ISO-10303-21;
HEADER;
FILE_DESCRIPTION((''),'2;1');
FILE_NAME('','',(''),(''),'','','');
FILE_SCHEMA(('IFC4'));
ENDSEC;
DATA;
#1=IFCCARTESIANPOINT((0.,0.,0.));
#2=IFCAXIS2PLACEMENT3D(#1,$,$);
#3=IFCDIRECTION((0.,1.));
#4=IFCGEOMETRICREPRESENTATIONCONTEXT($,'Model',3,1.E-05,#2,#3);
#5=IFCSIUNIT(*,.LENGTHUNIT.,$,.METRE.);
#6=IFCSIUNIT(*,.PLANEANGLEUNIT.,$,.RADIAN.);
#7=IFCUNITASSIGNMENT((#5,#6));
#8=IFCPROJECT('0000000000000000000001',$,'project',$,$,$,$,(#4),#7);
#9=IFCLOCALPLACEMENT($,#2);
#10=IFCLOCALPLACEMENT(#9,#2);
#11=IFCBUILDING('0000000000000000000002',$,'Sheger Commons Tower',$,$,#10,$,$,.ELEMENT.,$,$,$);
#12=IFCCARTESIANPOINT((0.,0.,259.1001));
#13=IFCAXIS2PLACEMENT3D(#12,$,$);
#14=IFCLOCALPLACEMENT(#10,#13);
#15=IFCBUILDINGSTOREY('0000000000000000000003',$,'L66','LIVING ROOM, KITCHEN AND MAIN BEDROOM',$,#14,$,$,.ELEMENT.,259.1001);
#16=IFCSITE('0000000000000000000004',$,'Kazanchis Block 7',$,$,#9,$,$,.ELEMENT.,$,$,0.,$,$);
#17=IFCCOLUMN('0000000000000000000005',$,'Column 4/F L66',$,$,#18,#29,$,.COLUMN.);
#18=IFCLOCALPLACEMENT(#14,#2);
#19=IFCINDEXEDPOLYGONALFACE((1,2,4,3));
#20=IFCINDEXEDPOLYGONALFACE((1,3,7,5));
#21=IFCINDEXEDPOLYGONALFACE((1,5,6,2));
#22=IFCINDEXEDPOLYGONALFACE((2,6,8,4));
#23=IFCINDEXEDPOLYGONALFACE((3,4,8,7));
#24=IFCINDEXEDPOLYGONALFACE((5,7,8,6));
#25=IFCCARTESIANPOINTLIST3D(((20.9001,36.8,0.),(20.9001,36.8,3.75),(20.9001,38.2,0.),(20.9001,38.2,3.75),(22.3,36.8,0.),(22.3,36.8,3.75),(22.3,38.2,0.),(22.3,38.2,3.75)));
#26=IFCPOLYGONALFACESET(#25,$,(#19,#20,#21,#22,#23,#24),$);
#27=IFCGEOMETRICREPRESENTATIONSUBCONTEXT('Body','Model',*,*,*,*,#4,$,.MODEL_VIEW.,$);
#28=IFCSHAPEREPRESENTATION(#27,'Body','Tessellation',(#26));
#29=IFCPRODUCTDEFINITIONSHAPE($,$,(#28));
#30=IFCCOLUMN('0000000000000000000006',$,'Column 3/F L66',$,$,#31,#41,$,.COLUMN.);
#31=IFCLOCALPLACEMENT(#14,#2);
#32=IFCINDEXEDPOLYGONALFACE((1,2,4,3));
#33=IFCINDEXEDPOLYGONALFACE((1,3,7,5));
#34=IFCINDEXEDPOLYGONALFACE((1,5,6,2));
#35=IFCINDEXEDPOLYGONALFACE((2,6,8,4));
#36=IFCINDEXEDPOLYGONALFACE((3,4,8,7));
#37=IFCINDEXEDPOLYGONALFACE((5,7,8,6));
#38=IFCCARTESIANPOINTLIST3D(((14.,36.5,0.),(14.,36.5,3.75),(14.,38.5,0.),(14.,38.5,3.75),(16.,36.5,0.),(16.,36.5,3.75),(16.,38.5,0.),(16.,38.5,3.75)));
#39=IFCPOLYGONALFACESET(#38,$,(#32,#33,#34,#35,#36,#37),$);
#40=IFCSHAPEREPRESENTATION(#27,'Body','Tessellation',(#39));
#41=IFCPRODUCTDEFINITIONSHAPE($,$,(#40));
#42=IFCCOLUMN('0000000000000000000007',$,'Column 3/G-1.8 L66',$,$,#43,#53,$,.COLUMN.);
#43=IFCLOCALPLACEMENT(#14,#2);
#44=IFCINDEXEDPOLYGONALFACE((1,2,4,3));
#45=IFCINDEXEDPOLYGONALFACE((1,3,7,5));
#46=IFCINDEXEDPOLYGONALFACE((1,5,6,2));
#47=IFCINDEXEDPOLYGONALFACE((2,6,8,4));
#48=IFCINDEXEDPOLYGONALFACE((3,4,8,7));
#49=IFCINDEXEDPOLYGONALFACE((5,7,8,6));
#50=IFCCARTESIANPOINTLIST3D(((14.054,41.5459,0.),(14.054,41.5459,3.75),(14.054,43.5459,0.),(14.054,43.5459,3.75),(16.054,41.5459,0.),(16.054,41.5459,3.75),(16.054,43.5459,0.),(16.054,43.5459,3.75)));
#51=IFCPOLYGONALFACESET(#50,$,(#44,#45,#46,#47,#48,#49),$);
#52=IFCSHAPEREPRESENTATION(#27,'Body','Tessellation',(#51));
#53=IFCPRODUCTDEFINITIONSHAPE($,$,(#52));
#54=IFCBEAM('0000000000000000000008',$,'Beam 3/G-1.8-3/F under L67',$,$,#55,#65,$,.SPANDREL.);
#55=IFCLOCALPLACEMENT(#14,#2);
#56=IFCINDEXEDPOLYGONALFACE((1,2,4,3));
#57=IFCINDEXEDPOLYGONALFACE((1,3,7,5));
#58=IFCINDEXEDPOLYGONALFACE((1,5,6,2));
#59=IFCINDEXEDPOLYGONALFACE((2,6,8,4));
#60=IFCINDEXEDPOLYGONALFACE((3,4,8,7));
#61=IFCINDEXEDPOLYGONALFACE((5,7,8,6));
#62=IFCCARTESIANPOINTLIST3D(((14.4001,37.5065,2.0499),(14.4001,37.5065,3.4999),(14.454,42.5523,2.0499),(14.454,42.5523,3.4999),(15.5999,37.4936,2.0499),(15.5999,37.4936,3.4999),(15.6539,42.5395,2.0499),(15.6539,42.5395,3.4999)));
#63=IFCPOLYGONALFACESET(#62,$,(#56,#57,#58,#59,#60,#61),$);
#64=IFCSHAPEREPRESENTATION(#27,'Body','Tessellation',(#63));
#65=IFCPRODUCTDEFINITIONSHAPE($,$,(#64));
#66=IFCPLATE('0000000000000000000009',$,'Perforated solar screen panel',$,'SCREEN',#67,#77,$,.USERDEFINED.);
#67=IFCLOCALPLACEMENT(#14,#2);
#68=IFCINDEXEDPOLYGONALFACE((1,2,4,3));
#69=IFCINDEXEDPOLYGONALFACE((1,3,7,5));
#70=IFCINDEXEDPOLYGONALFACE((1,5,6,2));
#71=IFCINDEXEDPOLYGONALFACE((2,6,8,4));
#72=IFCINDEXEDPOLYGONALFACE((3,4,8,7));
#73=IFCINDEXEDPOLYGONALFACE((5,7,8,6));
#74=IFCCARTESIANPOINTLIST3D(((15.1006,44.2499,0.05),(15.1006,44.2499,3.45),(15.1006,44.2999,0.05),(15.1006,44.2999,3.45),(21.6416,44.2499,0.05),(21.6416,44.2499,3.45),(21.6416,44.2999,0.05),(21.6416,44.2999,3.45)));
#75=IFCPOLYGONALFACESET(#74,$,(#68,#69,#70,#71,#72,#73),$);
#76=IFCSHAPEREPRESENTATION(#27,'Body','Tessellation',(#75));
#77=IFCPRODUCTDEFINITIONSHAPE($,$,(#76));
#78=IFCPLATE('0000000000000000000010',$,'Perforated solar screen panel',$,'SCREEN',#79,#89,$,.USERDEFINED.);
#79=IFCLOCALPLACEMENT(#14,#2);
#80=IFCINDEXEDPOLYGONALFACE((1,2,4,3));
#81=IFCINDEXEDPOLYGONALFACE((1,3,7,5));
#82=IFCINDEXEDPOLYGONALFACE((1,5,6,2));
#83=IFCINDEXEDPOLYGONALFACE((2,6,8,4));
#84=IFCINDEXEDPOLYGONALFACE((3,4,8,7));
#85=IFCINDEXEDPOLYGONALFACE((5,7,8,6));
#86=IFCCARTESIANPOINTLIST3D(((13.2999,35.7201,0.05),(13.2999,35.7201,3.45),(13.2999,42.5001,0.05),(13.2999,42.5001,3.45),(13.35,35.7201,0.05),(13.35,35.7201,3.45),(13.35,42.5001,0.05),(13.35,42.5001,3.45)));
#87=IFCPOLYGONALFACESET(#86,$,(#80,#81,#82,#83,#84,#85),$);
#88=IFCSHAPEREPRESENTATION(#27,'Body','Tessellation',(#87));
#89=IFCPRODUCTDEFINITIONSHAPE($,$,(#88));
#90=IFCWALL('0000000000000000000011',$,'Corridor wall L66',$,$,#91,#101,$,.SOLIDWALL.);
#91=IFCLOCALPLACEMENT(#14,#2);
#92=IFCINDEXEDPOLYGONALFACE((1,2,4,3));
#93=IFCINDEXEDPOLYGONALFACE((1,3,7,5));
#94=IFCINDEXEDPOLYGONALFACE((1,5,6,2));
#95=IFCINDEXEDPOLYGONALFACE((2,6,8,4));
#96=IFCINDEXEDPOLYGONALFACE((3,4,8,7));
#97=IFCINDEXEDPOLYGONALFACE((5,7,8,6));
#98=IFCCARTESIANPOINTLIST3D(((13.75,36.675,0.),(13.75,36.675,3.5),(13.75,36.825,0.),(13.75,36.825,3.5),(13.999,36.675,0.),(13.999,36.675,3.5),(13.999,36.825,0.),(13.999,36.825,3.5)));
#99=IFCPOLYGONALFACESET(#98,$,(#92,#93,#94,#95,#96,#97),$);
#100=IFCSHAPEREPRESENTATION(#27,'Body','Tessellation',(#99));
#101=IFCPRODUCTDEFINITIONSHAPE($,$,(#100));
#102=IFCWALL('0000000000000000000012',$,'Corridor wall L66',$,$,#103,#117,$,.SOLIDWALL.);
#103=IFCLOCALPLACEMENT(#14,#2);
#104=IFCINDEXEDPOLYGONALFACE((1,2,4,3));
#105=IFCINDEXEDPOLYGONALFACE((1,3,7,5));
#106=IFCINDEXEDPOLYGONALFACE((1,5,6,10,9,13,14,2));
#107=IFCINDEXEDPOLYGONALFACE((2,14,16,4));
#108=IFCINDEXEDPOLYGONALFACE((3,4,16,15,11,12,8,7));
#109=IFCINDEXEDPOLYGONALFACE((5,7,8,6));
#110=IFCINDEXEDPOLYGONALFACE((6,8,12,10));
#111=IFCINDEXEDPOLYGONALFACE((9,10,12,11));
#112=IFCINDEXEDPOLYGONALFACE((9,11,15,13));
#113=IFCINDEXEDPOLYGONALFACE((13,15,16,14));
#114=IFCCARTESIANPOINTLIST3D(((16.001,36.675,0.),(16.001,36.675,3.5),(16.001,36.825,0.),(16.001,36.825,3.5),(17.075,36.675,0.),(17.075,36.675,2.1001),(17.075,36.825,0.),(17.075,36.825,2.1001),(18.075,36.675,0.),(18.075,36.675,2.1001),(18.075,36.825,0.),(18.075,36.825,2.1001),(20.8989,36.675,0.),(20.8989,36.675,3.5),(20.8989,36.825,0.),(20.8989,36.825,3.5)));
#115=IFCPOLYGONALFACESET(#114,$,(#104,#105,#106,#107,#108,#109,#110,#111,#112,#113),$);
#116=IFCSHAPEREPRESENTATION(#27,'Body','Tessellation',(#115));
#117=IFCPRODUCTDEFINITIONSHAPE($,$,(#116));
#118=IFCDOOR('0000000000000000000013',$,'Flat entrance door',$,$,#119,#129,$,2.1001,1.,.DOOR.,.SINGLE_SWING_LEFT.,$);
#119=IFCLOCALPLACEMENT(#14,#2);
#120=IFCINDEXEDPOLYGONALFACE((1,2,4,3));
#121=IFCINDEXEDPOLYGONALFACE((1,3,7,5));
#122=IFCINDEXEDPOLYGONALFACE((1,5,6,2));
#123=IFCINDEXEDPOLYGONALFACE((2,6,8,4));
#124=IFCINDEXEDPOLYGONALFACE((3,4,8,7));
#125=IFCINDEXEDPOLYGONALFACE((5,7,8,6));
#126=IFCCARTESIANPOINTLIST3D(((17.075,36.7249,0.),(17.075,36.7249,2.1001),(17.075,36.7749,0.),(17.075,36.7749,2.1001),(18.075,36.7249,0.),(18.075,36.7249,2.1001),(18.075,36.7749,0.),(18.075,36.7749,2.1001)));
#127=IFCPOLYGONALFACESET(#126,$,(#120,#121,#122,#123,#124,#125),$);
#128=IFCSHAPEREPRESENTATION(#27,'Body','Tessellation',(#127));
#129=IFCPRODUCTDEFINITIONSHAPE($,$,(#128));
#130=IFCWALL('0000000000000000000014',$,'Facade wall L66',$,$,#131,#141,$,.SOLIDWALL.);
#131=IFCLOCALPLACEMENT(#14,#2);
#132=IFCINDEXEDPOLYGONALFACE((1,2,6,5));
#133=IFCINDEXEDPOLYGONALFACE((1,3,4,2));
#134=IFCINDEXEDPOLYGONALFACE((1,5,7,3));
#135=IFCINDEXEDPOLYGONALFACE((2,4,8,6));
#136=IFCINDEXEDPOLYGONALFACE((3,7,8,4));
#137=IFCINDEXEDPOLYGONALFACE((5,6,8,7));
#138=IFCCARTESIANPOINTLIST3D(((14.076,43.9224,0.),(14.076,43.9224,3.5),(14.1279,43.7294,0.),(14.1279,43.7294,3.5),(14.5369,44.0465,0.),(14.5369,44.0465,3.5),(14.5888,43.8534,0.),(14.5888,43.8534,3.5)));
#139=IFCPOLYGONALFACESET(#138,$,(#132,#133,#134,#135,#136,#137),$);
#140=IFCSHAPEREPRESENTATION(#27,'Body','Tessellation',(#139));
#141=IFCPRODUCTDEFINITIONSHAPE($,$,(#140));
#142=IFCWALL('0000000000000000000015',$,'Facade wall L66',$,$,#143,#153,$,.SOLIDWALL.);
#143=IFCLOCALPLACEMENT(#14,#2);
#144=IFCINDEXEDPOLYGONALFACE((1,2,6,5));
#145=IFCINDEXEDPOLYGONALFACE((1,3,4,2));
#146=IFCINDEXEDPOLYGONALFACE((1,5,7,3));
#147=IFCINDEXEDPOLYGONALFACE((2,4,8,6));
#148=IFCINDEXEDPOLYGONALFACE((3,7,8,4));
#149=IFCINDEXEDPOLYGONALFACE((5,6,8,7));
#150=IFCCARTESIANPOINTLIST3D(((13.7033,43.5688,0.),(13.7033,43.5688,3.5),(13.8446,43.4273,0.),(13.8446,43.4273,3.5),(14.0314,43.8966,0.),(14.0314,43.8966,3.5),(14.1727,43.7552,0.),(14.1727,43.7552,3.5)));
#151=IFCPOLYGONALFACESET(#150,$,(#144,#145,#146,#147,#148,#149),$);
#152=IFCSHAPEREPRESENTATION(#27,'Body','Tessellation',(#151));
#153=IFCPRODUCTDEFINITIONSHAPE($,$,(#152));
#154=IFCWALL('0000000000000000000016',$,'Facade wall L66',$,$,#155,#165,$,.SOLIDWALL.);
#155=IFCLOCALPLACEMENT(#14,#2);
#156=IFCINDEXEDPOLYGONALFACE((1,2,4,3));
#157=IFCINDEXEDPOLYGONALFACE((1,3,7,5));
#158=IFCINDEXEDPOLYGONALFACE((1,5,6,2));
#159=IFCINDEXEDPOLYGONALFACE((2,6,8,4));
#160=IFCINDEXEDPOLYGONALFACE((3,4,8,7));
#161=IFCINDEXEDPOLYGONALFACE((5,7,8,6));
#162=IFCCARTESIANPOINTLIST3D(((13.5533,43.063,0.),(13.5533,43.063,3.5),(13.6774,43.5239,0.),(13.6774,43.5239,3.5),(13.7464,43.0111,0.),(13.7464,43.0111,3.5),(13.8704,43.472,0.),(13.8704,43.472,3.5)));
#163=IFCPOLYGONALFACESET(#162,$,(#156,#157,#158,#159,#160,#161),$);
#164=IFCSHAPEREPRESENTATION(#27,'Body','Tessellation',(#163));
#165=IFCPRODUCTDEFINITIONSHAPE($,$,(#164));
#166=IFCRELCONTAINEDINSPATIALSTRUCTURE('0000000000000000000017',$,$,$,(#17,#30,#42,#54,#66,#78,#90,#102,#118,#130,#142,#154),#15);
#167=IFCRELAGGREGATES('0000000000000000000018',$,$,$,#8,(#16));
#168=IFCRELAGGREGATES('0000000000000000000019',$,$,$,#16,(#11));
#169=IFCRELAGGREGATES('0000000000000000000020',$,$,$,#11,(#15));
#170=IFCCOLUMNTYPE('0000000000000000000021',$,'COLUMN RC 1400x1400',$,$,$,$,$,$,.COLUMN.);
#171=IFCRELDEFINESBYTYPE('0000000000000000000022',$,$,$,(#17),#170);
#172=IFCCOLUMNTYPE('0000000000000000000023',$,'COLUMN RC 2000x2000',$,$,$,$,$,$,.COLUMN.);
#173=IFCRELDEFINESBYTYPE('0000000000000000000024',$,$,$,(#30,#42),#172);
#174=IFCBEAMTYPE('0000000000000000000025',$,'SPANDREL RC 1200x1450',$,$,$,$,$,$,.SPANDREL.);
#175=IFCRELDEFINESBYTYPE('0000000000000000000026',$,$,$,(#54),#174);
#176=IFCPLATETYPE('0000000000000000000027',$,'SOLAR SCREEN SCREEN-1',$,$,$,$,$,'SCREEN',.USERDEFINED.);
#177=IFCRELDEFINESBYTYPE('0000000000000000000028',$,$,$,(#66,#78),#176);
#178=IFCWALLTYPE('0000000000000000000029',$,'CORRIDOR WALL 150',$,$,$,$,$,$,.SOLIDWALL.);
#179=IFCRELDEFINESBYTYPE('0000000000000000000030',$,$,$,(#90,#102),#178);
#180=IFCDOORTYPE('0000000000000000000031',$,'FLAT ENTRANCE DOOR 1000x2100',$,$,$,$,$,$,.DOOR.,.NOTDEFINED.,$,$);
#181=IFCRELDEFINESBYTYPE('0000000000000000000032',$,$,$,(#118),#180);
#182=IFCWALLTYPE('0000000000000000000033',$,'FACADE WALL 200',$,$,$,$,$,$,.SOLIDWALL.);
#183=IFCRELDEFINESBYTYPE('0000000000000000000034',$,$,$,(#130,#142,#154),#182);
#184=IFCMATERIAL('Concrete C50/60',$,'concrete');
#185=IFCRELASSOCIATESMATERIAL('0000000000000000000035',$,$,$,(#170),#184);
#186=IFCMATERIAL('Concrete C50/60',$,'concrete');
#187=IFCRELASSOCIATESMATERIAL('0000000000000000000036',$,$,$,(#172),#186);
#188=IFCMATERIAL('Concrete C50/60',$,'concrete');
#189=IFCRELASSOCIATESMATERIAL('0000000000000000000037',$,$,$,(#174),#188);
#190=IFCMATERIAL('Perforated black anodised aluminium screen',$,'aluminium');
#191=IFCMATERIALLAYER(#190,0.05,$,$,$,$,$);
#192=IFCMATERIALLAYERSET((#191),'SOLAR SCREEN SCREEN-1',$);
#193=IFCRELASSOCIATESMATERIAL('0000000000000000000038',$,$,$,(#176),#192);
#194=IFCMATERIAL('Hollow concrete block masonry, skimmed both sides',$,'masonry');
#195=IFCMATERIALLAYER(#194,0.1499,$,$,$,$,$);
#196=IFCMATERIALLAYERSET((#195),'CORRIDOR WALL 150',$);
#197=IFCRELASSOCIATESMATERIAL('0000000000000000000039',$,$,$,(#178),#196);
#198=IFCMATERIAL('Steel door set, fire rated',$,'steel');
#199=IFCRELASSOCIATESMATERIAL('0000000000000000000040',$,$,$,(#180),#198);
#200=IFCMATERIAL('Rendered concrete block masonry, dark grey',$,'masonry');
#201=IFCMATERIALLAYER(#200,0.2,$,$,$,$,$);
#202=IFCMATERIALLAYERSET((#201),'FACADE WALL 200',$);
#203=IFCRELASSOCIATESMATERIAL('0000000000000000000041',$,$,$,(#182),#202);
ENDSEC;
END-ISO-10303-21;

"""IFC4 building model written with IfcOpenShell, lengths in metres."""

from ifc_helpers import new_model, si_unit, direction, frame, frame_2d, origin, origin_2d, place, context, subcontext, project, spatial, rectangle, extrude, material, layer, layer_set, material_profile, profile_set, type_object, element, fill, save


model = new_model("IFC4")

# Units and contexts
model_context = context("Model", 3, precision=1e-05, world=origin(), true_north=direction((0.0, 1.0)))
body_context = subcontext(model_context, "Body", "Model", "MODEL_VIEW")
ifc_project = project(units=[si_unit("LENGTHUNIT", "METRE"), si_unit("PLANEANGLEUNIT", "RADIAN")], contexts=[model_context])

# Site, building, storey
site_placement = place(None, origin())
site = spatial("IfcSite", under=ifc_project, at=site_placement, Name="Kazanchis Block 7", CompositionType="ELEMENT", RefElevation=0.0)
building_placement = place(site_placement, origin())
building = spatial("IfcBuilding", under=site, at=building_placement, Name="Sheger Commons Tower", CompositionType="ELEMENT")
storey_placement = place(building_placement, frame((0.0, 0.0, 259.1001)))
storey = spatial("IfcBuildingStorey", under=building, at=storey_placement, Name="L66", Description="LIVING ROOM, KITCHEN AND MAIN BEDROOM", CompositionType="ELEMENT", Elevation=259.1001)

# Columns
ifc_material_1 = material(Name="Concrete C50/60", Category="concrete")
ifc_material_profile_1 = material_profile(ifc_material_1, rectangle(XDim=1.3999, YDim=1.3999, at=origin_2d()), Name="RC 1400x1400")
ifc_profile_set_1 = profile_set([ifc_material_profile_1], Name="Concrete C50/60")
column_type_1 = type_object("IfcColumnType", Name="COLUMN RC 1400x1400", PredefinedType="COLUMN", material=ifc_profile_set_1)
column_placement = place(storey_placement, frame((21.6001, 37.5, 0.0), z_axis=(0.0, 0.0, 1.0), x_axis=(1.0, 0.0, 0.0)))
element("IfcColumn", 1, at=column_placement, inside=storey, type_object=column_type_1, Name="Column 4/F L66", PredefinedType="COLUMN", context=body_context, shape_type="SweptSolid", body=[
    extrude(rectangle(XDim=1.3999, YDim=1.3999, at=origin_2d()), origin(), (0.0, 0.0, 1.0), 3.75),
])
ifc_material_2 = material(Name="Concrete C50/60", Category="concrete")
ifc_material_profile_2 = material_profile(ifc_material_2, rectangle(XDim=2.0, YDim=2.0, at=origin_2d()), Name="RC 2000x2000")
ifc_profile_set_2 = profile_set([ifc_material_profile_2], Name="Concrete C50/60")
column_type_2 = type_object("IfcColumnType", Name="COLUMN RC 2000x2000", PredefinedType="COLUMN", material=ifc_profile_set_2)
for number, where, z_axis, x_axis, name in (
    (2, (15.0, 37.5, 0.0), (0.0, 0.0, 1.0), (1.0, 0.0, 0.0), "Column 3/F L66"),
    (3, (15.054, 42.5459, 0.0), (0.0, 0.0, 1.0), (1.0, 0.0, 0.0), "Column 3/G-1.8 L66"),
):
    element("IfcColumn", number, at=place(storey_placement, frame(where, z_axis=z_axis, x_axis=x_axis)), inside=storey, type_object=column_type_2, Name=name, PredefinedType="COLUMN", context=body_context, shape_type="SweptSolid", body=[
        extrude(rectangle(XDim=2.0, YDim=2.0, at=origin_2d()), origin(), (0.0, 0.0, 1.0), 3.75),
    ])

# Beam
ifc_material_3 = material(Name="Concrete C50/60", Category="concrete")
ifc_material_profile_3 = material_profile(ifc_material_3, rectangle(XDim=1.2, YDim=1.45, at=origin_2d()), Name="RC 1200x1450")
ifc_profile_set_3 = profile_set([ifc_material_profile_3], Name="Concrete C50/60")
beam_type = type_object("IfcBeamType", Name="SPANDREL RC 1200x1450", PredefinedType="SPANDREL", material=ifc_profile_set_3)
beam_placement = place(storey_placement, frame((15.054, 42.5459, 2.7749), z_axis=(-0.010692, -0.999943, 0.0), x_axis=(0.999943, -0.010692, 0.0)))
element("IfcBeam", 4, at=beam_placement, inside=storey, type_object=beam_type, Name="Beam 3/G-1.8-3/F under L67", PredefinedType="SPANDREL", context=body_context, shape_type="SweptSolid", body=[
    extrude(rectangle(XDim=1.2, YDim=1.45, at=origin_2d()), origin(), (0.0, 0.0, 1.0), 5.0461),
])

# Plates
ifc_material_4 = material(Name="Perforated black anodised aluminium screen", Category="aluminium")
ifc_layer_1 = layer(ifc_material_4, 0.05)
ifc_layer_set_1 = layer_set([ifc_layer_1], Name="SOLAR SCREEN SCREEN-1")
plate_type = type_object("IfcPlateType", Name="SOLAR SCREEN SCREEN-1", ElementType="SCREEN", PredefinedType="USERDEFINED", material=ifc_layer_set_1)
plate_1_placement = place(storey_placement, frame((18.3711, 44.2749, 0.05), z_axis=(0.0, 0.0, 1.0), x_axis=(-1.0, 0.0, 0.0)))
element("IfcPlate", 5, at=plate_1_placement, inside=storey, type_object=plate_type, Name="Perforated solar screen panel", ObjectType="SCREEN", PredefinedType="USERDEFINED", context=body_context, shape_type="SweptSolid", body=[
    extrude(rectangle(XDim=6.541, YDim=0.05, at=origin_2d()), origin(), (0.0, 0.0, 1.0), 3.3999),
])
plate_2_placement = place(storey_placement, frame((13.325, 39.1101, 0.05), z_axis=(0.0, 0.0, 1.0), x_axis=(0.0, -1.0, 0.0)))
element("IfcPlate", 6, at=plate_2_placement, inside=storey, type_object=plate_type, Name="Perforated solar screen panel", ObjectType="SCREEN", PredefinedType="USERDEFINED", context=body_context, shape_type="SweptSolid", body=[
    extrude(rectangle(XDim=6.78, YDim=0.05, at=origin_2d()), origin(), (0.0, 0.0, 1.0), 3.3999),
])

# Wall
ifc_material_5 = material(Name="Hollow concrete block masonry, skimmed both sides", Category="masonry")
ifc_layer_2 = layer(ifc_material_5, 0.1499)
ifc_layer_set_2 = layer_set([ifc_layer_2], Name="CORRIDOR WALL 150")
wall_type_1 = type_object("IfcWallType", Name="CORRIDOR WALL 150", PredefinedType="SOLIDWALL", material=ifc_layer_set_2)
wall_1_placement = place(storey_placement, frame((13.75, 36.75, 0.0), z_axis=(0.0, 0.0, 1.0), x_axis=(1.0, 0.0, 0.0)))
element("IfcWall", 7, at=wall_1_placement, inside=storey, type_object=wall_type_1, Name="Corridor wall L66", PredefinedType="SOLIDWALL", context=body_context, shape_type="SweptSolid", body=[
    extrude(rectangle(XDim=0.249, YDim=0.1499, at=frame_2d((0.1245, 0.0))), origin(), (0.0, 0.0, 1.0), 3.5),
])

# Wall, opening, door
wall_2_placement = place(storey_placement, frame((16.001, 36.75, 0.0), z_axis=(0.0, 0.0, 1.0), x_axis=(1.0, 0.0, 0.0)))
wall_2 = element("IfcWall", 8, at=wall_2_placement, inside=storey, type_object=wall_type_1, Name="Corridor wall L66", PredefinedType="SOLIDWALL", context=body_context, shape_type="SweptSolid", body=[
    extrude(rectangle(XDim=4.8979, YDim=0.1499, at=frame_2d((2.449, 0.0))), origin(), (0.0, 0.0, 1.0), 3.5),
])
opening_1_placement = place(wall_2_placement, frame((1.074, 0.0, 0.0)))
opening_1 = element("IfcOpeningElement", 9, at=opening_1_placement, cuts=wall_2, PredefinedType="OPENING", context=body_context, shape_type="SweptSolid", body=[
    extrude(rectangle(XDim=1.0, YDim=2.1001, at=frame_2d((0.5, 1.05))), frame((0.0, 0.085, 0.0), z_axis=(0.0, -1.0, 0.0), x_axis=(1.0, 0.0, 0.0)), (0.0, 0.0, 1.0), 0.1699),
])
ifc_material_6 = material(Name="Steel door set, fire rated", Category="steel")
door_type_1 = type_object("IfcDoorType", Name="FLAT ENTRANCE DOOR 1000x2100", OperationType="NOTDEFINED", PredefinedType="DOOR", material=ifc_material_6)
door_1_placement = place(opening_1_placement, origin())
door_1 = element("IfcDoor", 10, at=door_1_placement, inside=storey, type_object=door_type_1, Name="Flat entrance door", OperationType="SINGLE_SWING_LEFT", OverallHeight=2.1001, OverallWidth=1.0, PredefinedType="DOOR", context=body_context, shape_type="SweptSolid", body=[
    extrude(rectangle(XDim=1.0, YDim=2.1001, at=frame_2d((0.5, 1.05))), frame((0.0, 0.0249, 0.0), z_axis=(0.0, -1.0, 0.0), x_axis=(1.0, 0.0, 0.0)), (0.0, 0.0, 1.0), 0.05),
])
fill(opening_1, door_1)

# Walls
ifc_material_7 = material(Name="Rendered concrete block masonry, dark grey", Category="masonry")
ifc_layer_3 = layer(ifc_material_7, 0.2)
ifc_layer_set_3 = layer_set([ifc_layer_3], Name="FACADE WALL 200")
wall_type_2 = type_object("IfcWallType", Name="FACADE WALL 200", PredefinedType="SOLIDWALL", material=ifc_layer_set_3)
wall_3_placement = place(storey_placement, frame((14.563, 43.95, 0.0), z_axis=(0.0, 0.0, 1.0), x_axis=(-0.965655, -0.259827, 0.0)))
element("IfcWall", 11, at=wall_3_placement, inside=storey, type_object=wall_type_2, Name="Facade wall L66", PredefinedType="SOLIDWALL", context=body_context, shape_type="SweptSolid", body=[
    extrude(rectangle(XDim=0.4773, YDim=0.2, at=frame_2d((0.2388, 0.0))), origin(), (0.0, 0.0, 1.0), 3.5),
])
wall_4_placement = place(storey_placement, frame((14.1021, 43.8259, 0.0), z_axis=(0.0, 0.0, 1.0), x_axis=(-0.70737, -0.706844, 0.0)))
element("IfcWall", 12, at=wall_4_placement, inside=storey, type_object=wall_type_2, Name="Facade wall L66", PredefinedType="SOLIDWALL", context=body_context, shape_type="SweptSolid", body=[
    extrude(rectangle(XDim=0.4639, YDim=0.2, at=frame_2d((0.2319, 0.0))), origin(), (0.0, 0.0, 1.0), 3.5),
])
wall_5_placement = place(storey_placement, frame((13.7739, 43.498, 0.0), z_axis=(0.0, 0.0, 1.0), x_axis=(-0.259827, -0.965655, 0.0)))
element("IfcWall", 13, at=wall_5_placement, inside=storey, type_object=wall_type_2, Name="Facade wall L66", PredefinedType="SOLIDWALL", context=body_context, shape_type="SweptSolid", body=[
    extrude(rectangle(XDim=0.4773, YDim=0.2, at=frame_2d((0.2388, 0.0))), origin(), (0.0, 0.0, 1.0), 3.5),
])

save(model, "model.ifc")
